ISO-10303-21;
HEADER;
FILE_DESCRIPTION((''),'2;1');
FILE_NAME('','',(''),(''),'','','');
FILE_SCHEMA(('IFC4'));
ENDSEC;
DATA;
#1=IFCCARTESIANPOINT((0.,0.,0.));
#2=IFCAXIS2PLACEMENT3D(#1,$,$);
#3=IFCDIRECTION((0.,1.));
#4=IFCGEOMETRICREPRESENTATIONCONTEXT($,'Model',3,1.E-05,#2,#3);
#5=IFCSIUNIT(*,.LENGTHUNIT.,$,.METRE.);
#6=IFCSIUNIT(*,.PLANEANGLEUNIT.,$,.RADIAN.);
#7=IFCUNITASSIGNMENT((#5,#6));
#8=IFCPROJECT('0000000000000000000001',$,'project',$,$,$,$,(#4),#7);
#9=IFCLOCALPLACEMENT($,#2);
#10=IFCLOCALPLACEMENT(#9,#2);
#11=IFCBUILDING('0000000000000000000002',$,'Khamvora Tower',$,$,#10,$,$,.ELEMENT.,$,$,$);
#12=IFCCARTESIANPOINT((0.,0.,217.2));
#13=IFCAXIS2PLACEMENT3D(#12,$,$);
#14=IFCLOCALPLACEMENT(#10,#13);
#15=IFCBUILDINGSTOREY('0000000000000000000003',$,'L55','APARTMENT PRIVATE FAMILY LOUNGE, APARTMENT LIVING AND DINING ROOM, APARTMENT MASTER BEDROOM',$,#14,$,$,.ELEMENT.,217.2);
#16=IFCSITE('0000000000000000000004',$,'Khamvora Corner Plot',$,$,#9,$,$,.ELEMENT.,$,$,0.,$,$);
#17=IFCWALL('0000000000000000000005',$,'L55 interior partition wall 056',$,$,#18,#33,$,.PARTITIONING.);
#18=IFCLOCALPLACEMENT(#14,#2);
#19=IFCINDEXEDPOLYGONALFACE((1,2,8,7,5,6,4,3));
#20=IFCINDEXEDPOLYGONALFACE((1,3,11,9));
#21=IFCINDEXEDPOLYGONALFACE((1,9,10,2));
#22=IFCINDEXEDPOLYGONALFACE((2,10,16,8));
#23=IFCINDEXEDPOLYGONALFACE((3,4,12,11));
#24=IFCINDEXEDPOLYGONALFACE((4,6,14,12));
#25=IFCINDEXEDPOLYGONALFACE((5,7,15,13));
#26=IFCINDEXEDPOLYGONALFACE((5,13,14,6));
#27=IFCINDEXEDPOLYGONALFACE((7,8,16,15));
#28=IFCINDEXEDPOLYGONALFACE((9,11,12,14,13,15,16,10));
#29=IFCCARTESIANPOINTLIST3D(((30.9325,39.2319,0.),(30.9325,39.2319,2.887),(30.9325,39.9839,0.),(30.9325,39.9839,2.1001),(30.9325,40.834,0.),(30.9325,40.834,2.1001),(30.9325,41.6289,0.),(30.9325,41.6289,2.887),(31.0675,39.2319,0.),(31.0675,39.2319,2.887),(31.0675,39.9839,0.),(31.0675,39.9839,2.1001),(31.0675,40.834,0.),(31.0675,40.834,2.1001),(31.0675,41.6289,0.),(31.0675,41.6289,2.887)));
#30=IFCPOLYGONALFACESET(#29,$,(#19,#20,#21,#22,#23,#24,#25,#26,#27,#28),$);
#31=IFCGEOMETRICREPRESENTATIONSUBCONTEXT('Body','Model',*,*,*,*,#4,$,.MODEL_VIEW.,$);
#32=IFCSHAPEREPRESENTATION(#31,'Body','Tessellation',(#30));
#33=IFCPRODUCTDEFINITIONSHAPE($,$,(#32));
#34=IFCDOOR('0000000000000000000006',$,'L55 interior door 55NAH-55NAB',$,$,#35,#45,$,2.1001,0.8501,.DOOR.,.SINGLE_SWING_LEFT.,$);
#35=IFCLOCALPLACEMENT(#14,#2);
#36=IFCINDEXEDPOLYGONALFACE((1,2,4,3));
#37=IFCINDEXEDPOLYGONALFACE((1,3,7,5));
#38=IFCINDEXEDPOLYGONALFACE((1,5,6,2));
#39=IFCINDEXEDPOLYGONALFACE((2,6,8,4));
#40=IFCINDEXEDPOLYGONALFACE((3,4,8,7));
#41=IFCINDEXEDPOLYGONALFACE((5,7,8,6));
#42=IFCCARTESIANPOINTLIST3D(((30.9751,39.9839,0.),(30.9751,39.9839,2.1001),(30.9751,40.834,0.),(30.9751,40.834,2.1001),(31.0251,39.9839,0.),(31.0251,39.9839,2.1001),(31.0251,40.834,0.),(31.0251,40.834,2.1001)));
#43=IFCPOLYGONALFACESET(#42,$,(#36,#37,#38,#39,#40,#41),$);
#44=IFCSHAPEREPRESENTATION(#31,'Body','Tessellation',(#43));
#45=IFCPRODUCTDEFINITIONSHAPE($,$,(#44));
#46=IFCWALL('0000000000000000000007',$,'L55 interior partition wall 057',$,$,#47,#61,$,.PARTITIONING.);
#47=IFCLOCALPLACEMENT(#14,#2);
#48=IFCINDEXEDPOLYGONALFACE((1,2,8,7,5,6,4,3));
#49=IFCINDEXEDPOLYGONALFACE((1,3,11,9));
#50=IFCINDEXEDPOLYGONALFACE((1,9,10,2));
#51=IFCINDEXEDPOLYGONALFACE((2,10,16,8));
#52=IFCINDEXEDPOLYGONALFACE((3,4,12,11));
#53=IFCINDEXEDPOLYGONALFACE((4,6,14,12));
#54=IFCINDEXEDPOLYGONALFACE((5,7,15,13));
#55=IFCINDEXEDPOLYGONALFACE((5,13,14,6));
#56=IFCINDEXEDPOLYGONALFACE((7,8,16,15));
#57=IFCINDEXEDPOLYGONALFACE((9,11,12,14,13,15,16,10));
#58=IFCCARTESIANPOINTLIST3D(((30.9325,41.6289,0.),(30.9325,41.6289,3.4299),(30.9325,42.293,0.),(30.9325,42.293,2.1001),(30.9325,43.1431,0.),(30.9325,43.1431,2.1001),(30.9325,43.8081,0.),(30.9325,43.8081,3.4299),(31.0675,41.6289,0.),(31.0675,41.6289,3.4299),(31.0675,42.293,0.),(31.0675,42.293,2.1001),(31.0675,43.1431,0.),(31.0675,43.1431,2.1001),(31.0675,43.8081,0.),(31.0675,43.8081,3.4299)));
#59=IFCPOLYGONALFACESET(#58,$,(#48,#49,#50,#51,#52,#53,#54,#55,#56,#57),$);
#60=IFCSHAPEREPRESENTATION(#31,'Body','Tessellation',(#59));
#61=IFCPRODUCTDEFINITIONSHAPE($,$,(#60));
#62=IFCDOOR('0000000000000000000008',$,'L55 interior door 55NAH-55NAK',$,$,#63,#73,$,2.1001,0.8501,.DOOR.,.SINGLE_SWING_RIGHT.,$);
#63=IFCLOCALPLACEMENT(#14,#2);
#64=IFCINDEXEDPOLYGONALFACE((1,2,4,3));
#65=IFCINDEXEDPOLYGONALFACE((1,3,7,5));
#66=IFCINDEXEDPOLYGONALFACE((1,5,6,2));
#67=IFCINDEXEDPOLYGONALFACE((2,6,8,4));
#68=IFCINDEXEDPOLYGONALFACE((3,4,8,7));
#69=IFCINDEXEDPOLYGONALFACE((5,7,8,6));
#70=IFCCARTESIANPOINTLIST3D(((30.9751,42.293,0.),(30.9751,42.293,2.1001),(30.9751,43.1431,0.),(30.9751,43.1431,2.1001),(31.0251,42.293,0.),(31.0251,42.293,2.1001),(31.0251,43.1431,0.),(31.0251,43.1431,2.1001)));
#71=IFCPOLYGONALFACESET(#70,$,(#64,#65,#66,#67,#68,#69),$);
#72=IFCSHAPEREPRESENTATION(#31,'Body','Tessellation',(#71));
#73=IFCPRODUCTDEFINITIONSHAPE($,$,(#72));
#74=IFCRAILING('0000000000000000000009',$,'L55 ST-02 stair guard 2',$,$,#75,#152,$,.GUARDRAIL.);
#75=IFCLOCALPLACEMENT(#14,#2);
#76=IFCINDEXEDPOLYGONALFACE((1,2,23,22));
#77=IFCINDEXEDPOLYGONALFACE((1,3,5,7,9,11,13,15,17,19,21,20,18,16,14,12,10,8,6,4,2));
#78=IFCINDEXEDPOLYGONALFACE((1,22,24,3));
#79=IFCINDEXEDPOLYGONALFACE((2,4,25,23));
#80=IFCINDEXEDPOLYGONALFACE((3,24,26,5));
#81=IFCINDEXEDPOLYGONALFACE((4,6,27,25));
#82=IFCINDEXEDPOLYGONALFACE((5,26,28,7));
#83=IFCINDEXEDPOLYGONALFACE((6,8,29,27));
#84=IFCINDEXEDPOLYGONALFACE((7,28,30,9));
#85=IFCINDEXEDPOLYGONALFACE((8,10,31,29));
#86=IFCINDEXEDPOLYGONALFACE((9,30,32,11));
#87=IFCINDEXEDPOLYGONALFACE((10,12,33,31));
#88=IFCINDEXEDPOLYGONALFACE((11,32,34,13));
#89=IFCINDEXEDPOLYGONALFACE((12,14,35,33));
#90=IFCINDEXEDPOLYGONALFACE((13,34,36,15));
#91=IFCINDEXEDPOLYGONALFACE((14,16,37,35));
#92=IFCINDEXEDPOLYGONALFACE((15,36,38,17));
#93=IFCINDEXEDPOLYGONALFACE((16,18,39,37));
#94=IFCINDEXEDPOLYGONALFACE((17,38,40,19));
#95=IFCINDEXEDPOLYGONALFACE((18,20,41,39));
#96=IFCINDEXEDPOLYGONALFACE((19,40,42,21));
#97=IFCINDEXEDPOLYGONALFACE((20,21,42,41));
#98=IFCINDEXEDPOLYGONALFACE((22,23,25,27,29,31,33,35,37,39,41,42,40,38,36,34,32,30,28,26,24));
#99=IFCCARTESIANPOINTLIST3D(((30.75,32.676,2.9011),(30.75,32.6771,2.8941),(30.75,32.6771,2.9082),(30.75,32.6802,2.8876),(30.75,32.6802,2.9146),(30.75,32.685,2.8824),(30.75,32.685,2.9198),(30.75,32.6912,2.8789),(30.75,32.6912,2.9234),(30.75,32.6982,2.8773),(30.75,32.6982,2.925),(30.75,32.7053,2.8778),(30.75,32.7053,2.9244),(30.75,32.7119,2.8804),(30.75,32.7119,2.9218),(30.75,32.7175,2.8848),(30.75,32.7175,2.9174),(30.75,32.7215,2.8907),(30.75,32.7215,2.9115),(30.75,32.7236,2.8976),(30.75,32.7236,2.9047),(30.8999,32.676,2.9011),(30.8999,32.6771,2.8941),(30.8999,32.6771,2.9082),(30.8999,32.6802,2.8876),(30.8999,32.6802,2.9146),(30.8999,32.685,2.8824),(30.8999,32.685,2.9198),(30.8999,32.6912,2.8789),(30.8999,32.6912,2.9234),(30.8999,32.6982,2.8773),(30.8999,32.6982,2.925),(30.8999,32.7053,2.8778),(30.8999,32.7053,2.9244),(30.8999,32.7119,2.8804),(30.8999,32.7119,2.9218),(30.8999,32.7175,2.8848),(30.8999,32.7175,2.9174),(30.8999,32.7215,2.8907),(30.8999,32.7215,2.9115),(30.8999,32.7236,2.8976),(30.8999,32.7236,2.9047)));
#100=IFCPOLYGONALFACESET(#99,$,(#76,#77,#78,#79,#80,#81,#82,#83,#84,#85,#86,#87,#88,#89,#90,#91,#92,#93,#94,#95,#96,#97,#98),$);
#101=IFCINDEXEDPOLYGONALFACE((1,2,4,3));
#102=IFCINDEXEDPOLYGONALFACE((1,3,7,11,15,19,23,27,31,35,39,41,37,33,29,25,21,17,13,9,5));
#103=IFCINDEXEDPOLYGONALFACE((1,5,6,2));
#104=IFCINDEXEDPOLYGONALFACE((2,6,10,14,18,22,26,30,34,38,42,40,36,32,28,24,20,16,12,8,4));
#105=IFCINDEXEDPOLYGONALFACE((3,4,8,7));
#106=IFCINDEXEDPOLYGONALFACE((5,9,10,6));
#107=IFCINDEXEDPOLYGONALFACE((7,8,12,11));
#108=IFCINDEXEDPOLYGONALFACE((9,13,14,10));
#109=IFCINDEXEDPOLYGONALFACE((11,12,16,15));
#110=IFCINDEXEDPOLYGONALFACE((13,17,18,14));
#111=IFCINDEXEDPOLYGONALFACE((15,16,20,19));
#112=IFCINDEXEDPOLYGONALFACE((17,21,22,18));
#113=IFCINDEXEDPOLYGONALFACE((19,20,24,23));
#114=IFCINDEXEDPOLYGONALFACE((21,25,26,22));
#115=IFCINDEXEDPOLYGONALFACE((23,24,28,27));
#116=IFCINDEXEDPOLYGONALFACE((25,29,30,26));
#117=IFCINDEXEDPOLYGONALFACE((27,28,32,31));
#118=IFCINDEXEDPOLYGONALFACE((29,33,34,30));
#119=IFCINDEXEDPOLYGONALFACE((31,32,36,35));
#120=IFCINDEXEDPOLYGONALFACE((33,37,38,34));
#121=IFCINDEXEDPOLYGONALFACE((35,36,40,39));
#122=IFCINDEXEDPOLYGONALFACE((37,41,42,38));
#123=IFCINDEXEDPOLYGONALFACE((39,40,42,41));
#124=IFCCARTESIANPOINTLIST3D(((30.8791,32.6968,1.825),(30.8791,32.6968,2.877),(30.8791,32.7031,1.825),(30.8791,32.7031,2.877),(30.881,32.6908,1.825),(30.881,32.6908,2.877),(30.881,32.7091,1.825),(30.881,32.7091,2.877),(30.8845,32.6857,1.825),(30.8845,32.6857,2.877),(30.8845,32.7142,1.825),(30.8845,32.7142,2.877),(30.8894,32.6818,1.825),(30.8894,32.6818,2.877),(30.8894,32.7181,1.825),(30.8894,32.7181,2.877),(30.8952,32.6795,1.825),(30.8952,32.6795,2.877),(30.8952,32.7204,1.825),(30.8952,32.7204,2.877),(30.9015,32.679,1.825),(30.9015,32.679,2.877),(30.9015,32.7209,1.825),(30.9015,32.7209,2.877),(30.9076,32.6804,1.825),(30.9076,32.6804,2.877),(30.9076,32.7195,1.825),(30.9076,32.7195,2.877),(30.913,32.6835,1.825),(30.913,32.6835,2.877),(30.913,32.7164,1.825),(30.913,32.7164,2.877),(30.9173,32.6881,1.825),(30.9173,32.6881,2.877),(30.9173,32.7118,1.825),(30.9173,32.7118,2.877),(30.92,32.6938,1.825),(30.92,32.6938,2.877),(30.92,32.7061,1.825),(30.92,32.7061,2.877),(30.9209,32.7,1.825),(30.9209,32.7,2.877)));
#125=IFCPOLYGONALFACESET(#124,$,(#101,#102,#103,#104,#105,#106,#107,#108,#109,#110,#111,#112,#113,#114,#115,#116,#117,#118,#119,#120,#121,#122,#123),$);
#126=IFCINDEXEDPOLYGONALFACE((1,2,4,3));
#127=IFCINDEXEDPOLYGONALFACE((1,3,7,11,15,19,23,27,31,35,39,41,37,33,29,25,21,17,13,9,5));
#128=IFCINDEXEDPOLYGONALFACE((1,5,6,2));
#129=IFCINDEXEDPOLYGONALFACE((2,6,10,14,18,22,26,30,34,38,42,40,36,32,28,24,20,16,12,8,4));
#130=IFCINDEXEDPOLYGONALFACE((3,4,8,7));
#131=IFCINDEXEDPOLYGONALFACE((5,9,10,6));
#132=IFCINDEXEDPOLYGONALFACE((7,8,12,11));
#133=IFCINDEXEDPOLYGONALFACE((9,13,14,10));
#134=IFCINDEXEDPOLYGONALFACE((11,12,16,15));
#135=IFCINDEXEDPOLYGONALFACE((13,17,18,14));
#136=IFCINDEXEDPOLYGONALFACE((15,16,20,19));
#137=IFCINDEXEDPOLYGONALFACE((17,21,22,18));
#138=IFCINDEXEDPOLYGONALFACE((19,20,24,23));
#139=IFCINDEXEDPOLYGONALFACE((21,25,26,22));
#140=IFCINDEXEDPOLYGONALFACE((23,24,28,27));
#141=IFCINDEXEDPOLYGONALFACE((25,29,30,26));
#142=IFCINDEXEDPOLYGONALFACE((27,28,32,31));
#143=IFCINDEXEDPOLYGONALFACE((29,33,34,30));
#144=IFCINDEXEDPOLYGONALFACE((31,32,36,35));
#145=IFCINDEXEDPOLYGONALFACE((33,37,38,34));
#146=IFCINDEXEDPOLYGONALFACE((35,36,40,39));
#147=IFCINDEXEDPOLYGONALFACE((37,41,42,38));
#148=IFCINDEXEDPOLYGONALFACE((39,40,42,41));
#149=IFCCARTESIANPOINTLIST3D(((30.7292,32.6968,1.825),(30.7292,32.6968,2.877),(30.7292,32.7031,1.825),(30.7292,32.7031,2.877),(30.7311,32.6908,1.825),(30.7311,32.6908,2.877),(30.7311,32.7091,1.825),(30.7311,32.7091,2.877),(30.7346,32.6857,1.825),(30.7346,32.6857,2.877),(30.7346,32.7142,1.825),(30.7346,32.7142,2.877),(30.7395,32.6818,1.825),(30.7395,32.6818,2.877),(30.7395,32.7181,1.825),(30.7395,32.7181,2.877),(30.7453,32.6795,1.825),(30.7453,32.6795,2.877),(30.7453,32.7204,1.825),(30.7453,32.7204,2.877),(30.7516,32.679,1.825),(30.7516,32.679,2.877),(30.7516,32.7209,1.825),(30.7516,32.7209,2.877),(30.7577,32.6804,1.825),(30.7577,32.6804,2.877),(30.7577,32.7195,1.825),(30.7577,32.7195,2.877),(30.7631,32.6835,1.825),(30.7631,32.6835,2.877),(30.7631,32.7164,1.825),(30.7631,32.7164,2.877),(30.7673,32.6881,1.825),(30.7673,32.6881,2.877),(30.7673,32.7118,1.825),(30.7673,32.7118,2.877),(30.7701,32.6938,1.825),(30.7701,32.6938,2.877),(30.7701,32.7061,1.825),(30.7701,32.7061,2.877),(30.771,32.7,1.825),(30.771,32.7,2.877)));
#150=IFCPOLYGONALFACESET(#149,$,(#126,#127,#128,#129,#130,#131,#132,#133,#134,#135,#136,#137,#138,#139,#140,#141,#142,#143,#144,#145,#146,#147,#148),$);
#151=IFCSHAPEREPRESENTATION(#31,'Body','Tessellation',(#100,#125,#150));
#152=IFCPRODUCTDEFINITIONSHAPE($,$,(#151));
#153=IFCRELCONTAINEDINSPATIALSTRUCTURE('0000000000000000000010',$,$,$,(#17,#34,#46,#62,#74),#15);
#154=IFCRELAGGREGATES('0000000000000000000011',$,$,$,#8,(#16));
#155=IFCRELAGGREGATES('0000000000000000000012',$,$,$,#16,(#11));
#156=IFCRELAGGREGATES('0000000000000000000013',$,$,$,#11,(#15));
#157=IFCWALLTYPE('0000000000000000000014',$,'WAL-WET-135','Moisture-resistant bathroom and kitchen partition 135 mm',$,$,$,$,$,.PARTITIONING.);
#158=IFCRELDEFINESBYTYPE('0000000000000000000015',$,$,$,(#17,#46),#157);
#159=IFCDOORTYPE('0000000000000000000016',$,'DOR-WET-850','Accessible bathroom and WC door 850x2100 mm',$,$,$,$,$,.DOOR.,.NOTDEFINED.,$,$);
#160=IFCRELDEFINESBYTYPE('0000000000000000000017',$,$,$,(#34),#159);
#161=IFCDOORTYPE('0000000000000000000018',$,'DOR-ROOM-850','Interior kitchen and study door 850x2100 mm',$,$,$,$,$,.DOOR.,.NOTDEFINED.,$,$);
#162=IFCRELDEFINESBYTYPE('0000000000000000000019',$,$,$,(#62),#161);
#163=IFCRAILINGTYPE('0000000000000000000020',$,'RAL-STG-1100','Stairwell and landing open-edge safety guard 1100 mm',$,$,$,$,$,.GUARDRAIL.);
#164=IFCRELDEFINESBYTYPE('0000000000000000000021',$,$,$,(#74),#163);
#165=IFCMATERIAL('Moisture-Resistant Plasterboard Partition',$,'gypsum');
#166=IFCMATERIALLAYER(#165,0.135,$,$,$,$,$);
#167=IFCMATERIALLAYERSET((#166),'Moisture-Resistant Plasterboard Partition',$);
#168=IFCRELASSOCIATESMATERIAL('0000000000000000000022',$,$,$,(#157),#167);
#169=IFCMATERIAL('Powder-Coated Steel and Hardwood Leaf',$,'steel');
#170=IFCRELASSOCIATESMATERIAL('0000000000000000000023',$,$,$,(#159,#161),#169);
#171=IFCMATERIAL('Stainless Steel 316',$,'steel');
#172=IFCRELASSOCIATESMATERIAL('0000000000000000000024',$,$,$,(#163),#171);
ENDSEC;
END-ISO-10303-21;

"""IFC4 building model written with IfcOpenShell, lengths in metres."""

from ifc_helpers import new_model, si_unit, direction, frame, frame_2d, origin, origin_2d, place, context, subcontext, project, spatial, rectangle, circle, extrude, material, layer, layer_set, type_object, element, fill, save


model = new_model("IFC4")

# Units and contexts
model_context = context("Model", 3, precision=1e-05, world=origin(), true_north=direction((0.0, 1.0)))
body_context = subcontext(model_context, "Body", "Model", "MODEL_VIEW")
ifc_project = project(units=[si_unit("LENGTHUNIT", "METRE"), si_unit("PLANEANGLEUNIT", "RADIAN")], contexts=[model_context])

# Site, building, storey
site_placement = place(None, origin())
site = spatial("IfcSite", under=ifc_project, at=site_placement, Name="Khamvora Corner Plot", CompositionType="ELEMENT", RefElevation=0.0)
building_placement = place(site_placement, origin())
building = spatial("IfcBuilding", under=site, at=building_placement, Name="Khamvora Tower", CompositionType="ELEMENT")
storey_placement = place(building_placement, frame((0.0, 0.0, 217.2)))
storey = spatial("IfcBuildingStorey", under=building, at=storey_placement, Name="L55", Description="APARTMENT PRIVATE FAMILY LOUNGE, APARTMENT LIVING AND DINING ROOM, APARTMENT MASTER BEDROOM", CompositionType="ELEMENT", Elevation=217.2)

# Shared definitions
ifc_material_1 = material(Name="Powder-Coated Steel and Hardwood Leaf", Category="steel")

# Walls, openings, doors
ifc_material_2 = material(Name="Moisture-Resistant Plasterboard Partition", Category="gypsum")
ifc_layer_1 = layer(ifc_material_2, 0.135)
ifc_layer_set_1 = layer_set([ifc_layer_1], Name="Moisture-Resistant Plasterboard Partition")
wall_type_1 = type_object("IfcWallType", Name="WAL-WET-135", Description="Moisture-resistant bathroom and kitchen partition 135 mm", PredefinedType="PARTITIONING", material=ifc_layer_set_1)
wall_1_placement = place(storey_placement, frame((31.0, 39.2319, 0.0), z_axis=(0.0, 0.0, 1.0), x_axis=(0.0, 1.0, 0.0)))
wall_1 = element("IfcWall", 1, at=wall_1_placement, inside=storey, type_object=wall_type_1, Name="L55 interior partition wall 056", PredefinedType="PARTITIONING", context=body_context, shape_type="SweptSolid", body=[
    extrude(rectangle(XDim=2.397, YDim=0.135, at=frame_2d((1.1985, 0.0))), origin(), (0.0, 0.0, 1.0), 2.887),
])
opening_1_placement = place(wall_1_placement, frame((0.752, 0.0, 0.0)))
opening_1 = element("IfcOpeningElement", 2, at=opening_1_placement, cuts=wall_1, PredefinedType="OPENING", context=body_context, shape_type="SweptSolid", body=[
    extrude(rectangle(XDim=0.8501, YDim=2.1001, at=frame_2d((0.425, 1.05))), frame((0.0, 0.0774, 0.0), z_axis=(0.0, -1.0, 0.0), x_axis=(1.0, 0.0, 0.0)), (0.0, 0.0, 1.0), 0.155),
])
door_type_1 = type_object("IfcDoorType", Name="DOR-WET-850", Description="Accessible bathroom and WC door 850x2100 mm", OperationType="NOTDEFINED", PredefinedType="DOOR", material=ifc_material_1)
door_1_placement = place(opening_1_placement, origin())
door_1 = element("IfcDoor", 3, at=door_1_placement, inside=storey, type_object=door_type_1, Name="L55 interior door 55NAH-55NAB", OperationType="SINGLE_SWING_LEFT", OverallHeight=2.1001, OverallWidth=0.8501, PredefinedType="DOOR", context=body_context, shape_type="SweptSolid", body=[
    extrude(rectangle(XDim=0.8501, YDim=2.1001, at=frame_2d((0.425, 1.05))), frame((0.0, 0.0249, 0.0), z_axis=(0.0, -1.0, 0.0), x_axis=(1.0, 0.0, 0.0)), (0.0, 0.0, 1.0), 0.05),
])
fill(opening_1, door_1)
wall_2_placement = place(storey_placement, frame((31.0, 41.6289, 0.0), z_axis=(0.0, 0.0, 1.0), x_axis=(0.0, 1.0, 0.0)))
wall_2 = element("IfcWall", 4, at=wall_2_placement, inside=storey, type_object=wall_type_1, Name="L55 interior partition wall 057", PredefinedType="PARTITIONING", context=body_context, shape_type="SweptSolid", body=[
    extrude(rectangle(XDim=2.1792, YDim=0.135, at=frame_2d((1.0896, 0.0))), origin(), (0.0, 0.0, 1.0), 3.4299),
])
opening_2_placement = place(wall_2_placement, frame((0.6641, 0.0, 0.0)))
opening_2 = element("IfcOpeningElement", 5, at=opening_2_placement, cuts=wall_2, PredefinedType="OPENING", context=body_context, shape_type="SweptSolid", body=[
    extrude(rectangle(XDim=0.8501, YDim=2.1001, at=frame_2d((0.425, 1.05))), frame((0.0, 0.0774, 0.0), z_axis=(0.0, -1.0, 0.0), x_axis=(1.0, 0.0, 0.0)), (0.0, 0.0, 1.0), 0.155),
])
door_type_2 = type_object("IfcDoorType", Name="DOR-ROOM-850", Description="Interior kitchen and study door 850x2100 mm", OperationType="NOTDEFINED", PredefinedType="DOOR", material=ifc_material_1)
door_2_placement = place(opening_2_placement, origin())
door_2 = element("IfcDoor", 6, at=door_2_placement, inside=storey, type_object=door_type_2, Name="L55 interior door 55NAH-55NAK", OperationType="SINGLE_SWING_RIGHT", OverallHeight=2.1001, OverallWidth=0.8501, PredefinedType="DOOR", context=body_context, shape_type="SweptSolid", body=[
    extrude(rectangle(XDim=0.8501, YDim=2.1001, at=frame_2d((0.425, 1.05))), frame((0.0, 0.0249, 0.0), z_axis=(0.0, -1.0, 0.0), x_axis=(1.0, 0.0, 0.0)), (0.0, 0.0, 1.0), 0.05),
])
fill(opening_2, door_2)

# Railing
ifc_material_3 = material(Name="Stainless Steel 316", Category="steel")
railing_type = type_object("IfcRailingType", Name="RAL-STG-1100", Description="Stairwell and landing open-edge safety guard 1100 mm", PredefinedType="GUARDRAIL", material=ifc_material_3)
railing_placement = place(storey_placement, frame((30.8999, 32.7, 1.825)))
element("IfcRailing", 7, at=railing_placement, inside=storey, type_object=railing_type, Name="L55 ST-02 stair guard 2", PredefinedType="GUARDRAIL", context=body_context, shape_type="SweptSolid", body=[
    extrude(circle(Radius=0.0239, at=origin_2d()), frame((0.0, 0.0, 1.0762), z_axis=(-1.0, 0.0, 0.0), x_axis=(0.0, -1.0, 0.0)), (0.0, 0.0, 1.0), 0.1499),
    extrude(circle(Radius=0.021, at=origin_2d()), origin(), (0.0, 0.0, 1.0), 1.052),
    extrude(circle(Radius=0.021, at=origin_2d()), frame((-0.1499, 0.0, 0.0)), (0.0, 0.0, 1.0), 1.052),
])

save(model, "model.ifc")
